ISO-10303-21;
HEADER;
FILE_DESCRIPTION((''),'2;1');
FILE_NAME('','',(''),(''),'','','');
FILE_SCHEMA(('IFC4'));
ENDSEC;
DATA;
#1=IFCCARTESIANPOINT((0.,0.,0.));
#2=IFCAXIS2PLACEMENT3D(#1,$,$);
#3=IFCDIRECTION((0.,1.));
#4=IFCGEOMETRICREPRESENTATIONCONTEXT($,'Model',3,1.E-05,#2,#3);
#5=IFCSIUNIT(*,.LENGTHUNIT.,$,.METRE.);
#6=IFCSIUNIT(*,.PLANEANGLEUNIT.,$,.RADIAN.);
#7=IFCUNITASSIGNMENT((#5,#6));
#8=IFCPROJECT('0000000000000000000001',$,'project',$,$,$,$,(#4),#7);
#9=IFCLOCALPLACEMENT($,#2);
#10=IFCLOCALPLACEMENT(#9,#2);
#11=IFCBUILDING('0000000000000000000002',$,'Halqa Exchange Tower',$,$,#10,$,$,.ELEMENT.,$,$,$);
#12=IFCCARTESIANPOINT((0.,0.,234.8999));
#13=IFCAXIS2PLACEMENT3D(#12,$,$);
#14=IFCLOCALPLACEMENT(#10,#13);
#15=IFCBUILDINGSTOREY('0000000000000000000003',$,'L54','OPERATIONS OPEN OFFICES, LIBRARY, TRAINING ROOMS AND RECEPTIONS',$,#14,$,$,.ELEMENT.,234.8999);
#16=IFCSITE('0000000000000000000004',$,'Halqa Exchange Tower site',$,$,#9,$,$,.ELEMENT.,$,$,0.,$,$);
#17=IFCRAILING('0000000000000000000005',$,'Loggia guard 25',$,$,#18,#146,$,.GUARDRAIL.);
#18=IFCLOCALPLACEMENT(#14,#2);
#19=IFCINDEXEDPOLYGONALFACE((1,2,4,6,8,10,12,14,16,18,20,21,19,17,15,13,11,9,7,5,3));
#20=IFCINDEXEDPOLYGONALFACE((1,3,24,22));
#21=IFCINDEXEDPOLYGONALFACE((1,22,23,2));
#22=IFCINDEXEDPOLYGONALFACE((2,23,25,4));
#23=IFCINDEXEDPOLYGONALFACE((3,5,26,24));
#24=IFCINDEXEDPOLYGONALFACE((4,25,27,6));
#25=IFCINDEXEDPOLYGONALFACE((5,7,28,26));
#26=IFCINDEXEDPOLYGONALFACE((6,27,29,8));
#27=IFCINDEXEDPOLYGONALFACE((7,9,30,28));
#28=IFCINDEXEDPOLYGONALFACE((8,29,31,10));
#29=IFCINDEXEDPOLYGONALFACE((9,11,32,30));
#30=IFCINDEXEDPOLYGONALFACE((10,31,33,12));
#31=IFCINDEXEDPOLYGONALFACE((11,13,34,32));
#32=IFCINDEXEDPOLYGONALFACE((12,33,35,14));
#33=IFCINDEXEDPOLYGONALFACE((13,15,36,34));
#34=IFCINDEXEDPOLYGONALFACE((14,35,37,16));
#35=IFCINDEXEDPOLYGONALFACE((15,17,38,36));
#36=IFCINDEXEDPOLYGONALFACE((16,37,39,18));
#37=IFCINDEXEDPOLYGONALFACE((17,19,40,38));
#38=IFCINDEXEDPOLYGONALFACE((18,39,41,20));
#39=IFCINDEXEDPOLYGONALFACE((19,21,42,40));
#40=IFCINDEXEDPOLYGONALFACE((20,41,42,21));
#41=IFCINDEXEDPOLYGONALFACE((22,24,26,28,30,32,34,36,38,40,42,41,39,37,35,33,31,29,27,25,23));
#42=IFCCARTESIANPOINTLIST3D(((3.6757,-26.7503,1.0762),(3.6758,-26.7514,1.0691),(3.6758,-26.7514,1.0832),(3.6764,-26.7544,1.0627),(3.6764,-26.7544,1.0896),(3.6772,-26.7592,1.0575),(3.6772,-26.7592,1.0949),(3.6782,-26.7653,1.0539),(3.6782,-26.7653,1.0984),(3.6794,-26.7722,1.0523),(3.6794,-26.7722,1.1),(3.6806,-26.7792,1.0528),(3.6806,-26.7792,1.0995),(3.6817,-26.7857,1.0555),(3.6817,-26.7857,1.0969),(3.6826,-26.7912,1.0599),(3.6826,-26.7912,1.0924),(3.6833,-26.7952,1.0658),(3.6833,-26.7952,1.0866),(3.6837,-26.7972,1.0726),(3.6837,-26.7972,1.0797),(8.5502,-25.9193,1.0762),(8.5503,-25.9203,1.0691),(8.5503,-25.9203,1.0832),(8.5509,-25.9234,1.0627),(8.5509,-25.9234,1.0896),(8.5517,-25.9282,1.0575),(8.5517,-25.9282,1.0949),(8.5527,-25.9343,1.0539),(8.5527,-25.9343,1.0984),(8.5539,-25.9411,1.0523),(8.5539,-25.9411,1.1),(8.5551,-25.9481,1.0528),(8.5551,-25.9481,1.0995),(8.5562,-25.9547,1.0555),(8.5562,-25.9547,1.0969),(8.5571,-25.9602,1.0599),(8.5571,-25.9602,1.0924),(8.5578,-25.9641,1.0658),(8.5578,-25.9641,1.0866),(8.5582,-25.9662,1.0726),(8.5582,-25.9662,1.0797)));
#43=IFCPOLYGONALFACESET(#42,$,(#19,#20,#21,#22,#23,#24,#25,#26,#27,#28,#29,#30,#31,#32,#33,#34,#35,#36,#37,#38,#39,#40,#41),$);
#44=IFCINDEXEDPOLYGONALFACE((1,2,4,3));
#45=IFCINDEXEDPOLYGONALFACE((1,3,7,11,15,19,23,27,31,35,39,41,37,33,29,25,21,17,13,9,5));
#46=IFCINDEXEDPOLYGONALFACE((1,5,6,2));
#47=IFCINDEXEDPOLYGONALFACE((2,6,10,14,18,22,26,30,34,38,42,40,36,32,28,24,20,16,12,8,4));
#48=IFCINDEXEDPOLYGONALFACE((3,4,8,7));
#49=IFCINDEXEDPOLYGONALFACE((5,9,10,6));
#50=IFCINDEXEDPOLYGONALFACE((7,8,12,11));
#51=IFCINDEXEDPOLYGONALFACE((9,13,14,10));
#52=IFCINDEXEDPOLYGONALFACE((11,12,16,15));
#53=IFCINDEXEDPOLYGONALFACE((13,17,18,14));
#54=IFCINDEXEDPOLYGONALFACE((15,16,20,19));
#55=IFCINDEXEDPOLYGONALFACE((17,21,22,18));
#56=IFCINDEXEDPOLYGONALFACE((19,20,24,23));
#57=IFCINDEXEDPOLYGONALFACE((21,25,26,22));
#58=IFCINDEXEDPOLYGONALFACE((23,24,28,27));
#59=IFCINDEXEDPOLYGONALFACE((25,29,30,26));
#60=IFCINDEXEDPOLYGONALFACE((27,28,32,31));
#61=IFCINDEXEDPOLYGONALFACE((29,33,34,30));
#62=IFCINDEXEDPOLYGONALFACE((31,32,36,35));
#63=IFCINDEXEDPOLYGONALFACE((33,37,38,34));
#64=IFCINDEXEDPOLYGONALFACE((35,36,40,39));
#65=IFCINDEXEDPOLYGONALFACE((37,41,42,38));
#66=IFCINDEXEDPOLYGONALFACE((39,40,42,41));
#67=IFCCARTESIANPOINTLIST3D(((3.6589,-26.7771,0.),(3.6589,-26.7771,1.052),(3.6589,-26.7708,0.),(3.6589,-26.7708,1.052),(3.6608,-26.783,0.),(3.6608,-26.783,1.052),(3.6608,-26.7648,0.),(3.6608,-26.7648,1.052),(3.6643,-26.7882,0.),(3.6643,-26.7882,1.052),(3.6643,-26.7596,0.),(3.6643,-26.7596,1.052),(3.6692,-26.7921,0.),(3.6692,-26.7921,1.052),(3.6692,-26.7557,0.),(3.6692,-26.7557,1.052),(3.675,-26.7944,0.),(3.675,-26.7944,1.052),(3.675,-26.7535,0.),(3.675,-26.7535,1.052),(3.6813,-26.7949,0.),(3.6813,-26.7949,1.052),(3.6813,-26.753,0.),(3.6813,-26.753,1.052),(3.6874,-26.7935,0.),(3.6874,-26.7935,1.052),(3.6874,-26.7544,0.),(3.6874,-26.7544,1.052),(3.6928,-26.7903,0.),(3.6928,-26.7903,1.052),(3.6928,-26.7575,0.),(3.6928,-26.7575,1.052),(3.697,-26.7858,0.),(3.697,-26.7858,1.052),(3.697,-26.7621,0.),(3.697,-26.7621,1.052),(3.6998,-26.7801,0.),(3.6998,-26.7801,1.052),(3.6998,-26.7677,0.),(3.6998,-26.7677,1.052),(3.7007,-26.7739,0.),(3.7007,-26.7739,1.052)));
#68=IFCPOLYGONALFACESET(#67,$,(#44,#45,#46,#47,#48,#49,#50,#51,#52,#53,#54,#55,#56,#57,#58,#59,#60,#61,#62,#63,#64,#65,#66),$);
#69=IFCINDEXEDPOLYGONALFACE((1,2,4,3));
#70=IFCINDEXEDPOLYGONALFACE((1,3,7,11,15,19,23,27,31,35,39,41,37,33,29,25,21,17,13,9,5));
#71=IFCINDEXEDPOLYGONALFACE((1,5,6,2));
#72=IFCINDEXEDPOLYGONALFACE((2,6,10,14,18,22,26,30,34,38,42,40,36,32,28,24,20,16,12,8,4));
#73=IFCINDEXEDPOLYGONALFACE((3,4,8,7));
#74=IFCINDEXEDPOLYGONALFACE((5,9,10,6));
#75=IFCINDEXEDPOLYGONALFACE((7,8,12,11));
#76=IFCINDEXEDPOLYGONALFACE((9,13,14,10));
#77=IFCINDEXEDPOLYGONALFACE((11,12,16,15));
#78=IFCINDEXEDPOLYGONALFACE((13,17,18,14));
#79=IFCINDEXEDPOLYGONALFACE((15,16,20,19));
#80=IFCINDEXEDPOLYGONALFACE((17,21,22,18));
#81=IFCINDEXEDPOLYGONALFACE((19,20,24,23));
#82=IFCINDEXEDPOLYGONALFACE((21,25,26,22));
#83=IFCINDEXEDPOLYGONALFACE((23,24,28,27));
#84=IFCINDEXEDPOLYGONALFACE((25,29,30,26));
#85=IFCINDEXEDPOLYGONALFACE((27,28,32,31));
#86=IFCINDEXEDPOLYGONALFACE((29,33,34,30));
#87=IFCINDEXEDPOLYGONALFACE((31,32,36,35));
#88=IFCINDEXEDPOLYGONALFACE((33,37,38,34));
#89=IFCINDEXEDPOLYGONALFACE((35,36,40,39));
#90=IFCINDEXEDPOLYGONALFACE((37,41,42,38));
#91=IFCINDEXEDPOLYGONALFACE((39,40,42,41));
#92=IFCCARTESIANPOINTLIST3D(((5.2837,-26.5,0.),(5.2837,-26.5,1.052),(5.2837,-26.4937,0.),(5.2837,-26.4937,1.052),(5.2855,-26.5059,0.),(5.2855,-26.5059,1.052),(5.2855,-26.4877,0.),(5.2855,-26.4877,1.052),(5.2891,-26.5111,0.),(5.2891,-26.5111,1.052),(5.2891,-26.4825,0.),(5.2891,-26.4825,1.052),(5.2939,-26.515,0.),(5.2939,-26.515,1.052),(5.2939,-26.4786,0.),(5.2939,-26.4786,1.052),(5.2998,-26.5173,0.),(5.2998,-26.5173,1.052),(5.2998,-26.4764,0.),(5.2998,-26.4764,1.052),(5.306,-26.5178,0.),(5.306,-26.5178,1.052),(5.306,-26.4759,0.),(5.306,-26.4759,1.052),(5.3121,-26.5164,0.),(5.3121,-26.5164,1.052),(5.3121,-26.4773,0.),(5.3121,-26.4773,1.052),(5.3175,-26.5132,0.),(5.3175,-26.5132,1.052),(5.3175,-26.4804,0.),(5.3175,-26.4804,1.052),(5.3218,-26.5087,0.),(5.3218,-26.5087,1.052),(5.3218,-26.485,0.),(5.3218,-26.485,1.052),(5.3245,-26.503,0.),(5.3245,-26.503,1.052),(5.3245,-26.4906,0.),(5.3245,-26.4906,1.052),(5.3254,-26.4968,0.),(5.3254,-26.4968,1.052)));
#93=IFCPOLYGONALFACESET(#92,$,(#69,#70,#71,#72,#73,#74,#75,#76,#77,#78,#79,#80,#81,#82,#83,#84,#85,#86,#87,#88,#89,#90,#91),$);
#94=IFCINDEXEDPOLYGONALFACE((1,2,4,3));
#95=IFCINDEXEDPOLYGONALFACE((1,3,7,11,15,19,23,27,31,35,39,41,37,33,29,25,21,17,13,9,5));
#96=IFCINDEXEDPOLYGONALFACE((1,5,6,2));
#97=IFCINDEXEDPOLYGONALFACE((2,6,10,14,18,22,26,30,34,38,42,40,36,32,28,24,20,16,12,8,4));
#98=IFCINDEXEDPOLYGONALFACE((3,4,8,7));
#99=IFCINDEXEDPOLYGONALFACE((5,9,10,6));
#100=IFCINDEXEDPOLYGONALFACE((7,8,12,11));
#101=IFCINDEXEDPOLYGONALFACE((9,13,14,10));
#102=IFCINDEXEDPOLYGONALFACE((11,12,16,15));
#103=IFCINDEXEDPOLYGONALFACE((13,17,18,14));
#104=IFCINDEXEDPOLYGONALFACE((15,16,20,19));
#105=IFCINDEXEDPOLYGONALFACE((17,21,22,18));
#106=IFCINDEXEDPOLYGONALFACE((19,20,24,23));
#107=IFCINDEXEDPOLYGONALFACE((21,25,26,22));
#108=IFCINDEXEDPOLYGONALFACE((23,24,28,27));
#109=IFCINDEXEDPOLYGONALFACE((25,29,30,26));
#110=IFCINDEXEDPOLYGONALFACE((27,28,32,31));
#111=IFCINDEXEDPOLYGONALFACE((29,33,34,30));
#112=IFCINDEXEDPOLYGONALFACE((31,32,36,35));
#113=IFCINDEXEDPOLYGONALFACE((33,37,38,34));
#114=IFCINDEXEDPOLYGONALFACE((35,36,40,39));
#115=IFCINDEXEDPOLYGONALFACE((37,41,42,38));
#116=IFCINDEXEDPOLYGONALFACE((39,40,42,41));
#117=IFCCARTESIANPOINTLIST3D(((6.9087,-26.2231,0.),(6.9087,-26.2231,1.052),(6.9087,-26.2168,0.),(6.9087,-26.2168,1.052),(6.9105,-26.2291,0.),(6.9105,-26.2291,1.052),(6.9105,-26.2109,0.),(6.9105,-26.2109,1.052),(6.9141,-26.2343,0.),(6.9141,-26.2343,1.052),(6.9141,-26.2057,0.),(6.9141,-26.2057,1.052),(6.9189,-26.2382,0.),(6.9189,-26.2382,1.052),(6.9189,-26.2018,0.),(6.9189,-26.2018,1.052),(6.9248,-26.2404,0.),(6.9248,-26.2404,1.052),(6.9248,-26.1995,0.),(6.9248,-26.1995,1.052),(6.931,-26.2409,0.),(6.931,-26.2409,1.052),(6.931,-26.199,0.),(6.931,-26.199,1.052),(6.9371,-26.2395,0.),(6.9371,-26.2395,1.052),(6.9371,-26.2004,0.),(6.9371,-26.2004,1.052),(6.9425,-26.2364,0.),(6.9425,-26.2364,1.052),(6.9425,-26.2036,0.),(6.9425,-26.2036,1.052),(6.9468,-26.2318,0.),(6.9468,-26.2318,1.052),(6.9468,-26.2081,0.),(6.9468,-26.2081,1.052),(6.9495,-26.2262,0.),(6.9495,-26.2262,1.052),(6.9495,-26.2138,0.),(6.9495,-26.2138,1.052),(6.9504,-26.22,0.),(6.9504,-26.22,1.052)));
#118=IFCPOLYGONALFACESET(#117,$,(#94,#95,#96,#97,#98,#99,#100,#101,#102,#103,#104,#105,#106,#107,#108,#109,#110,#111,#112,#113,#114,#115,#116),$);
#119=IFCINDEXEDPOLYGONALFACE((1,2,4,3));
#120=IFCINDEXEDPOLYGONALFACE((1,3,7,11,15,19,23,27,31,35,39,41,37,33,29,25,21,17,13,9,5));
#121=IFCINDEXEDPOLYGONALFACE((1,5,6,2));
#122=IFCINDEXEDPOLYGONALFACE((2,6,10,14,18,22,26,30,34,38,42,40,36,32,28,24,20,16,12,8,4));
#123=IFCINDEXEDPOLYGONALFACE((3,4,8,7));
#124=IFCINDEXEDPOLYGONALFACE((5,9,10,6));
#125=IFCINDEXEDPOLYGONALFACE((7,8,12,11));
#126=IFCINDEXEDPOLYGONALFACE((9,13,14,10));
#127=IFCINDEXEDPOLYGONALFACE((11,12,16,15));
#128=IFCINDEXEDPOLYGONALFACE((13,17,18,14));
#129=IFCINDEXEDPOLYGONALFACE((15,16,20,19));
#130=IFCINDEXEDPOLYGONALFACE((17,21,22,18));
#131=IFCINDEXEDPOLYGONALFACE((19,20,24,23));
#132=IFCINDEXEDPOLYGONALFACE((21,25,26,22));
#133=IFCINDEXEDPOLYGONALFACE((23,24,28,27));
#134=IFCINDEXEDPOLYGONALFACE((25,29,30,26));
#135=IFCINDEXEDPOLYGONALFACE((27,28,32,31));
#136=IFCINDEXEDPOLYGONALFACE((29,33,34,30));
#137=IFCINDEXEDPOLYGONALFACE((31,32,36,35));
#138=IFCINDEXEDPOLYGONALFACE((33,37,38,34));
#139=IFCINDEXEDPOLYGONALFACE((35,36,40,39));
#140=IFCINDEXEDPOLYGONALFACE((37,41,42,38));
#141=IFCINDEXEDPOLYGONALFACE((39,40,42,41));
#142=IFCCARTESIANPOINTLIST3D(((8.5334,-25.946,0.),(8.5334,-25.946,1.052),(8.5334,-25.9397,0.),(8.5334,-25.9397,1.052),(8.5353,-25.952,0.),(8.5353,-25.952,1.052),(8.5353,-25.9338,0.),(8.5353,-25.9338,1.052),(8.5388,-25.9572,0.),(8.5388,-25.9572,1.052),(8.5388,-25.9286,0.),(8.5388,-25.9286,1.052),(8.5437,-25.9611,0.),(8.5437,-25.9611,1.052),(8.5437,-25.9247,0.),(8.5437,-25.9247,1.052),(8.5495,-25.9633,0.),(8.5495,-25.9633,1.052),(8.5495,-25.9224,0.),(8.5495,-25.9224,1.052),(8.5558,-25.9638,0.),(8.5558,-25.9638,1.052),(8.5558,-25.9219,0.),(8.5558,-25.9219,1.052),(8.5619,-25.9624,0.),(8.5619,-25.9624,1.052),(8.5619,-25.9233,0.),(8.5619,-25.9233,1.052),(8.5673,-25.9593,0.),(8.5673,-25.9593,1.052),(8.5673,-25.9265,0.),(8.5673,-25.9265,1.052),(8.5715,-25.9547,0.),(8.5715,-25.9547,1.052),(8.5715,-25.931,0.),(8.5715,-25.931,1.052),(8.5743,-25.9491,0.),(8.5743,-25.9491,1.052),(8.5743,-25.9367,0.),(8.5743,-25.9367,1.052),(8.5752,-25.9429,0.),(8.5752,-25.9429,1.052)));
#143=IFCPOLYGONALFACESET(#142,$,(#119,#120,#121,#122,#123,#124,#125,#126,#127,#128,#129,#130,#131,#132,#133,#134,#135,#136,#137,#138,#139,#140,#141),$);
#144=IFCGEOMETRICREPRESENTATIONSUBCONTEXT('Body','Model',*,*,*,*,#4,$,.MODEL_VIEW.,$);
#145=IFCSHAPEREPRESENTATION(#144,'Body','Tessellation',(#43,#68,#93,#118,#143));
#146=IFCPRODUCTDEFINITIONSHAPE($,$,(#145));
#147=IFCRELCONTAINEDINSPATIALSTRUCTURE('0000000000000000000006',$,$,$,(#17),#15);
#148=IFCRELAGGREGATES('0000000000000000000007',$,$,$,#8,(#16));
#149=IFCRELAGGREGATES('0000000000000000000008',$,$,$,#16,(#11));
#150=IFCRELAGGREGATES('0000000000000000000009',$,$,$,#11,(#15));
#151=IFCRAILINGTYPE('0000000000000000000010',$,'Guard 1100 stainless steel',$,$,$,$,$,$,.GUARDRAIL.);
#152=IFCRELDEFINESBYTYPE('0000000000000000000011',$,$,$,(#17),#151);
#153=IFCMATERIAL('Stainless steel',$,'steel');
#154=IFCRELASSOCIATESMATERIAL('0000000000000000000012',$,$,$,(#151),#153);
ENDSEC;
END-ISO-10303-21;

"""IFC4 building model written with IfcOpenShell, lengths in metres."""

from ifc_helpers import new_model, si_unit, direction, frame, origin, origin_2d, place, context, subcontext, project, spatial, circle, extrude, material, type_object, element, save


model = new_model("IFC4")

# Units and contexts
model_context = context("Model", 3, precision=1e-05, world=origin(), true_north=direction((0.0, 1.0)))
body_context = subcontext(model_context, "Body", "Model", "MODEL_VIEW")
ifc_project = project(units=[si_unit("LENGTHUNIT", "METRE"), si_unit("PLANEANGLEUNIT", "RADIAN")], contexts=[model_context])

# Site, building, storey
site_placement = place(None, origin())
site = spatial("IfcSite", under=ifc_project, at=site_placement, Name="Halqa Exchange Tower site", CompositionType="ELEMENT", RefElevation=0.0)
building_placement = place(site_placement, origin())
building = spatial("IfcBuilding", under=site, at=building_placement, Name="Halqa Exchange Tower", CompositionType="ELEMENT")
storey_placement = place(building_placement, frame((0.0, 0.0, 234.8999)))
storey = spatial("IfcBuildingStorey", under=building, at=storey_placement, Name="L54", Description="OPERATIONS OPEN OFFICES, LIBRARY, TRAINING ROOMS AND RECEPTIONS", CompositionType="ELEMENT", Elevation=234.8999)

# Railing
ifc_material_1 = material(Name="Stainless steel", Category="steel")
railing_type = type_object("IfcRailingType", Name="Guard 1100 stainless steel", PredefinedType="GUARDRAIL", material=ifc_material_1)
railing_1_placement = place(storey_placement, frame((3.6797, -26.7739, 0.0)))
element("IfcRailing", 1, at=railing_1_placement, inside=storey, type_object=railing_type, Name="Loggia guard 25", PredefinedType="GUARDRAIL", context=body_context, shape_type="SweptSolid", body=[
    extrude(circle(Radius=0.0239, at=origin_2d()), frame((0.0, 0.0, 1.0762), z_axis=(0.985776, 0.168065, 0.0), x_axis=(-0.168065, 0.985776, 0.0)), (0.0, 0.0, 1.0), 4.9448),
    extrude(circle(Radius=0.021, at=origin_2d()), origin(), (0.0, 0.0, 1.0), 1.052),
    extrude(circle(Radius=0.021, at=origin_2d()), frame((1.6248, 0.2771, 0.0)), (0.0, 0.0, 1.0), 1.052),
    extrude(circle(Radius=0.021, at=origin_2d()), frame((3.2498, 0.554, 0.0)), (0.0, 0.0, 1.0), 1.052),
    extrude(circle(Radius=0.021, at=origin_2d()), frame((4.8745, 0.8311, 0.0)), (0.0, 0.0, 1.0), 1.052),
])

save(model, "model.ifc")
